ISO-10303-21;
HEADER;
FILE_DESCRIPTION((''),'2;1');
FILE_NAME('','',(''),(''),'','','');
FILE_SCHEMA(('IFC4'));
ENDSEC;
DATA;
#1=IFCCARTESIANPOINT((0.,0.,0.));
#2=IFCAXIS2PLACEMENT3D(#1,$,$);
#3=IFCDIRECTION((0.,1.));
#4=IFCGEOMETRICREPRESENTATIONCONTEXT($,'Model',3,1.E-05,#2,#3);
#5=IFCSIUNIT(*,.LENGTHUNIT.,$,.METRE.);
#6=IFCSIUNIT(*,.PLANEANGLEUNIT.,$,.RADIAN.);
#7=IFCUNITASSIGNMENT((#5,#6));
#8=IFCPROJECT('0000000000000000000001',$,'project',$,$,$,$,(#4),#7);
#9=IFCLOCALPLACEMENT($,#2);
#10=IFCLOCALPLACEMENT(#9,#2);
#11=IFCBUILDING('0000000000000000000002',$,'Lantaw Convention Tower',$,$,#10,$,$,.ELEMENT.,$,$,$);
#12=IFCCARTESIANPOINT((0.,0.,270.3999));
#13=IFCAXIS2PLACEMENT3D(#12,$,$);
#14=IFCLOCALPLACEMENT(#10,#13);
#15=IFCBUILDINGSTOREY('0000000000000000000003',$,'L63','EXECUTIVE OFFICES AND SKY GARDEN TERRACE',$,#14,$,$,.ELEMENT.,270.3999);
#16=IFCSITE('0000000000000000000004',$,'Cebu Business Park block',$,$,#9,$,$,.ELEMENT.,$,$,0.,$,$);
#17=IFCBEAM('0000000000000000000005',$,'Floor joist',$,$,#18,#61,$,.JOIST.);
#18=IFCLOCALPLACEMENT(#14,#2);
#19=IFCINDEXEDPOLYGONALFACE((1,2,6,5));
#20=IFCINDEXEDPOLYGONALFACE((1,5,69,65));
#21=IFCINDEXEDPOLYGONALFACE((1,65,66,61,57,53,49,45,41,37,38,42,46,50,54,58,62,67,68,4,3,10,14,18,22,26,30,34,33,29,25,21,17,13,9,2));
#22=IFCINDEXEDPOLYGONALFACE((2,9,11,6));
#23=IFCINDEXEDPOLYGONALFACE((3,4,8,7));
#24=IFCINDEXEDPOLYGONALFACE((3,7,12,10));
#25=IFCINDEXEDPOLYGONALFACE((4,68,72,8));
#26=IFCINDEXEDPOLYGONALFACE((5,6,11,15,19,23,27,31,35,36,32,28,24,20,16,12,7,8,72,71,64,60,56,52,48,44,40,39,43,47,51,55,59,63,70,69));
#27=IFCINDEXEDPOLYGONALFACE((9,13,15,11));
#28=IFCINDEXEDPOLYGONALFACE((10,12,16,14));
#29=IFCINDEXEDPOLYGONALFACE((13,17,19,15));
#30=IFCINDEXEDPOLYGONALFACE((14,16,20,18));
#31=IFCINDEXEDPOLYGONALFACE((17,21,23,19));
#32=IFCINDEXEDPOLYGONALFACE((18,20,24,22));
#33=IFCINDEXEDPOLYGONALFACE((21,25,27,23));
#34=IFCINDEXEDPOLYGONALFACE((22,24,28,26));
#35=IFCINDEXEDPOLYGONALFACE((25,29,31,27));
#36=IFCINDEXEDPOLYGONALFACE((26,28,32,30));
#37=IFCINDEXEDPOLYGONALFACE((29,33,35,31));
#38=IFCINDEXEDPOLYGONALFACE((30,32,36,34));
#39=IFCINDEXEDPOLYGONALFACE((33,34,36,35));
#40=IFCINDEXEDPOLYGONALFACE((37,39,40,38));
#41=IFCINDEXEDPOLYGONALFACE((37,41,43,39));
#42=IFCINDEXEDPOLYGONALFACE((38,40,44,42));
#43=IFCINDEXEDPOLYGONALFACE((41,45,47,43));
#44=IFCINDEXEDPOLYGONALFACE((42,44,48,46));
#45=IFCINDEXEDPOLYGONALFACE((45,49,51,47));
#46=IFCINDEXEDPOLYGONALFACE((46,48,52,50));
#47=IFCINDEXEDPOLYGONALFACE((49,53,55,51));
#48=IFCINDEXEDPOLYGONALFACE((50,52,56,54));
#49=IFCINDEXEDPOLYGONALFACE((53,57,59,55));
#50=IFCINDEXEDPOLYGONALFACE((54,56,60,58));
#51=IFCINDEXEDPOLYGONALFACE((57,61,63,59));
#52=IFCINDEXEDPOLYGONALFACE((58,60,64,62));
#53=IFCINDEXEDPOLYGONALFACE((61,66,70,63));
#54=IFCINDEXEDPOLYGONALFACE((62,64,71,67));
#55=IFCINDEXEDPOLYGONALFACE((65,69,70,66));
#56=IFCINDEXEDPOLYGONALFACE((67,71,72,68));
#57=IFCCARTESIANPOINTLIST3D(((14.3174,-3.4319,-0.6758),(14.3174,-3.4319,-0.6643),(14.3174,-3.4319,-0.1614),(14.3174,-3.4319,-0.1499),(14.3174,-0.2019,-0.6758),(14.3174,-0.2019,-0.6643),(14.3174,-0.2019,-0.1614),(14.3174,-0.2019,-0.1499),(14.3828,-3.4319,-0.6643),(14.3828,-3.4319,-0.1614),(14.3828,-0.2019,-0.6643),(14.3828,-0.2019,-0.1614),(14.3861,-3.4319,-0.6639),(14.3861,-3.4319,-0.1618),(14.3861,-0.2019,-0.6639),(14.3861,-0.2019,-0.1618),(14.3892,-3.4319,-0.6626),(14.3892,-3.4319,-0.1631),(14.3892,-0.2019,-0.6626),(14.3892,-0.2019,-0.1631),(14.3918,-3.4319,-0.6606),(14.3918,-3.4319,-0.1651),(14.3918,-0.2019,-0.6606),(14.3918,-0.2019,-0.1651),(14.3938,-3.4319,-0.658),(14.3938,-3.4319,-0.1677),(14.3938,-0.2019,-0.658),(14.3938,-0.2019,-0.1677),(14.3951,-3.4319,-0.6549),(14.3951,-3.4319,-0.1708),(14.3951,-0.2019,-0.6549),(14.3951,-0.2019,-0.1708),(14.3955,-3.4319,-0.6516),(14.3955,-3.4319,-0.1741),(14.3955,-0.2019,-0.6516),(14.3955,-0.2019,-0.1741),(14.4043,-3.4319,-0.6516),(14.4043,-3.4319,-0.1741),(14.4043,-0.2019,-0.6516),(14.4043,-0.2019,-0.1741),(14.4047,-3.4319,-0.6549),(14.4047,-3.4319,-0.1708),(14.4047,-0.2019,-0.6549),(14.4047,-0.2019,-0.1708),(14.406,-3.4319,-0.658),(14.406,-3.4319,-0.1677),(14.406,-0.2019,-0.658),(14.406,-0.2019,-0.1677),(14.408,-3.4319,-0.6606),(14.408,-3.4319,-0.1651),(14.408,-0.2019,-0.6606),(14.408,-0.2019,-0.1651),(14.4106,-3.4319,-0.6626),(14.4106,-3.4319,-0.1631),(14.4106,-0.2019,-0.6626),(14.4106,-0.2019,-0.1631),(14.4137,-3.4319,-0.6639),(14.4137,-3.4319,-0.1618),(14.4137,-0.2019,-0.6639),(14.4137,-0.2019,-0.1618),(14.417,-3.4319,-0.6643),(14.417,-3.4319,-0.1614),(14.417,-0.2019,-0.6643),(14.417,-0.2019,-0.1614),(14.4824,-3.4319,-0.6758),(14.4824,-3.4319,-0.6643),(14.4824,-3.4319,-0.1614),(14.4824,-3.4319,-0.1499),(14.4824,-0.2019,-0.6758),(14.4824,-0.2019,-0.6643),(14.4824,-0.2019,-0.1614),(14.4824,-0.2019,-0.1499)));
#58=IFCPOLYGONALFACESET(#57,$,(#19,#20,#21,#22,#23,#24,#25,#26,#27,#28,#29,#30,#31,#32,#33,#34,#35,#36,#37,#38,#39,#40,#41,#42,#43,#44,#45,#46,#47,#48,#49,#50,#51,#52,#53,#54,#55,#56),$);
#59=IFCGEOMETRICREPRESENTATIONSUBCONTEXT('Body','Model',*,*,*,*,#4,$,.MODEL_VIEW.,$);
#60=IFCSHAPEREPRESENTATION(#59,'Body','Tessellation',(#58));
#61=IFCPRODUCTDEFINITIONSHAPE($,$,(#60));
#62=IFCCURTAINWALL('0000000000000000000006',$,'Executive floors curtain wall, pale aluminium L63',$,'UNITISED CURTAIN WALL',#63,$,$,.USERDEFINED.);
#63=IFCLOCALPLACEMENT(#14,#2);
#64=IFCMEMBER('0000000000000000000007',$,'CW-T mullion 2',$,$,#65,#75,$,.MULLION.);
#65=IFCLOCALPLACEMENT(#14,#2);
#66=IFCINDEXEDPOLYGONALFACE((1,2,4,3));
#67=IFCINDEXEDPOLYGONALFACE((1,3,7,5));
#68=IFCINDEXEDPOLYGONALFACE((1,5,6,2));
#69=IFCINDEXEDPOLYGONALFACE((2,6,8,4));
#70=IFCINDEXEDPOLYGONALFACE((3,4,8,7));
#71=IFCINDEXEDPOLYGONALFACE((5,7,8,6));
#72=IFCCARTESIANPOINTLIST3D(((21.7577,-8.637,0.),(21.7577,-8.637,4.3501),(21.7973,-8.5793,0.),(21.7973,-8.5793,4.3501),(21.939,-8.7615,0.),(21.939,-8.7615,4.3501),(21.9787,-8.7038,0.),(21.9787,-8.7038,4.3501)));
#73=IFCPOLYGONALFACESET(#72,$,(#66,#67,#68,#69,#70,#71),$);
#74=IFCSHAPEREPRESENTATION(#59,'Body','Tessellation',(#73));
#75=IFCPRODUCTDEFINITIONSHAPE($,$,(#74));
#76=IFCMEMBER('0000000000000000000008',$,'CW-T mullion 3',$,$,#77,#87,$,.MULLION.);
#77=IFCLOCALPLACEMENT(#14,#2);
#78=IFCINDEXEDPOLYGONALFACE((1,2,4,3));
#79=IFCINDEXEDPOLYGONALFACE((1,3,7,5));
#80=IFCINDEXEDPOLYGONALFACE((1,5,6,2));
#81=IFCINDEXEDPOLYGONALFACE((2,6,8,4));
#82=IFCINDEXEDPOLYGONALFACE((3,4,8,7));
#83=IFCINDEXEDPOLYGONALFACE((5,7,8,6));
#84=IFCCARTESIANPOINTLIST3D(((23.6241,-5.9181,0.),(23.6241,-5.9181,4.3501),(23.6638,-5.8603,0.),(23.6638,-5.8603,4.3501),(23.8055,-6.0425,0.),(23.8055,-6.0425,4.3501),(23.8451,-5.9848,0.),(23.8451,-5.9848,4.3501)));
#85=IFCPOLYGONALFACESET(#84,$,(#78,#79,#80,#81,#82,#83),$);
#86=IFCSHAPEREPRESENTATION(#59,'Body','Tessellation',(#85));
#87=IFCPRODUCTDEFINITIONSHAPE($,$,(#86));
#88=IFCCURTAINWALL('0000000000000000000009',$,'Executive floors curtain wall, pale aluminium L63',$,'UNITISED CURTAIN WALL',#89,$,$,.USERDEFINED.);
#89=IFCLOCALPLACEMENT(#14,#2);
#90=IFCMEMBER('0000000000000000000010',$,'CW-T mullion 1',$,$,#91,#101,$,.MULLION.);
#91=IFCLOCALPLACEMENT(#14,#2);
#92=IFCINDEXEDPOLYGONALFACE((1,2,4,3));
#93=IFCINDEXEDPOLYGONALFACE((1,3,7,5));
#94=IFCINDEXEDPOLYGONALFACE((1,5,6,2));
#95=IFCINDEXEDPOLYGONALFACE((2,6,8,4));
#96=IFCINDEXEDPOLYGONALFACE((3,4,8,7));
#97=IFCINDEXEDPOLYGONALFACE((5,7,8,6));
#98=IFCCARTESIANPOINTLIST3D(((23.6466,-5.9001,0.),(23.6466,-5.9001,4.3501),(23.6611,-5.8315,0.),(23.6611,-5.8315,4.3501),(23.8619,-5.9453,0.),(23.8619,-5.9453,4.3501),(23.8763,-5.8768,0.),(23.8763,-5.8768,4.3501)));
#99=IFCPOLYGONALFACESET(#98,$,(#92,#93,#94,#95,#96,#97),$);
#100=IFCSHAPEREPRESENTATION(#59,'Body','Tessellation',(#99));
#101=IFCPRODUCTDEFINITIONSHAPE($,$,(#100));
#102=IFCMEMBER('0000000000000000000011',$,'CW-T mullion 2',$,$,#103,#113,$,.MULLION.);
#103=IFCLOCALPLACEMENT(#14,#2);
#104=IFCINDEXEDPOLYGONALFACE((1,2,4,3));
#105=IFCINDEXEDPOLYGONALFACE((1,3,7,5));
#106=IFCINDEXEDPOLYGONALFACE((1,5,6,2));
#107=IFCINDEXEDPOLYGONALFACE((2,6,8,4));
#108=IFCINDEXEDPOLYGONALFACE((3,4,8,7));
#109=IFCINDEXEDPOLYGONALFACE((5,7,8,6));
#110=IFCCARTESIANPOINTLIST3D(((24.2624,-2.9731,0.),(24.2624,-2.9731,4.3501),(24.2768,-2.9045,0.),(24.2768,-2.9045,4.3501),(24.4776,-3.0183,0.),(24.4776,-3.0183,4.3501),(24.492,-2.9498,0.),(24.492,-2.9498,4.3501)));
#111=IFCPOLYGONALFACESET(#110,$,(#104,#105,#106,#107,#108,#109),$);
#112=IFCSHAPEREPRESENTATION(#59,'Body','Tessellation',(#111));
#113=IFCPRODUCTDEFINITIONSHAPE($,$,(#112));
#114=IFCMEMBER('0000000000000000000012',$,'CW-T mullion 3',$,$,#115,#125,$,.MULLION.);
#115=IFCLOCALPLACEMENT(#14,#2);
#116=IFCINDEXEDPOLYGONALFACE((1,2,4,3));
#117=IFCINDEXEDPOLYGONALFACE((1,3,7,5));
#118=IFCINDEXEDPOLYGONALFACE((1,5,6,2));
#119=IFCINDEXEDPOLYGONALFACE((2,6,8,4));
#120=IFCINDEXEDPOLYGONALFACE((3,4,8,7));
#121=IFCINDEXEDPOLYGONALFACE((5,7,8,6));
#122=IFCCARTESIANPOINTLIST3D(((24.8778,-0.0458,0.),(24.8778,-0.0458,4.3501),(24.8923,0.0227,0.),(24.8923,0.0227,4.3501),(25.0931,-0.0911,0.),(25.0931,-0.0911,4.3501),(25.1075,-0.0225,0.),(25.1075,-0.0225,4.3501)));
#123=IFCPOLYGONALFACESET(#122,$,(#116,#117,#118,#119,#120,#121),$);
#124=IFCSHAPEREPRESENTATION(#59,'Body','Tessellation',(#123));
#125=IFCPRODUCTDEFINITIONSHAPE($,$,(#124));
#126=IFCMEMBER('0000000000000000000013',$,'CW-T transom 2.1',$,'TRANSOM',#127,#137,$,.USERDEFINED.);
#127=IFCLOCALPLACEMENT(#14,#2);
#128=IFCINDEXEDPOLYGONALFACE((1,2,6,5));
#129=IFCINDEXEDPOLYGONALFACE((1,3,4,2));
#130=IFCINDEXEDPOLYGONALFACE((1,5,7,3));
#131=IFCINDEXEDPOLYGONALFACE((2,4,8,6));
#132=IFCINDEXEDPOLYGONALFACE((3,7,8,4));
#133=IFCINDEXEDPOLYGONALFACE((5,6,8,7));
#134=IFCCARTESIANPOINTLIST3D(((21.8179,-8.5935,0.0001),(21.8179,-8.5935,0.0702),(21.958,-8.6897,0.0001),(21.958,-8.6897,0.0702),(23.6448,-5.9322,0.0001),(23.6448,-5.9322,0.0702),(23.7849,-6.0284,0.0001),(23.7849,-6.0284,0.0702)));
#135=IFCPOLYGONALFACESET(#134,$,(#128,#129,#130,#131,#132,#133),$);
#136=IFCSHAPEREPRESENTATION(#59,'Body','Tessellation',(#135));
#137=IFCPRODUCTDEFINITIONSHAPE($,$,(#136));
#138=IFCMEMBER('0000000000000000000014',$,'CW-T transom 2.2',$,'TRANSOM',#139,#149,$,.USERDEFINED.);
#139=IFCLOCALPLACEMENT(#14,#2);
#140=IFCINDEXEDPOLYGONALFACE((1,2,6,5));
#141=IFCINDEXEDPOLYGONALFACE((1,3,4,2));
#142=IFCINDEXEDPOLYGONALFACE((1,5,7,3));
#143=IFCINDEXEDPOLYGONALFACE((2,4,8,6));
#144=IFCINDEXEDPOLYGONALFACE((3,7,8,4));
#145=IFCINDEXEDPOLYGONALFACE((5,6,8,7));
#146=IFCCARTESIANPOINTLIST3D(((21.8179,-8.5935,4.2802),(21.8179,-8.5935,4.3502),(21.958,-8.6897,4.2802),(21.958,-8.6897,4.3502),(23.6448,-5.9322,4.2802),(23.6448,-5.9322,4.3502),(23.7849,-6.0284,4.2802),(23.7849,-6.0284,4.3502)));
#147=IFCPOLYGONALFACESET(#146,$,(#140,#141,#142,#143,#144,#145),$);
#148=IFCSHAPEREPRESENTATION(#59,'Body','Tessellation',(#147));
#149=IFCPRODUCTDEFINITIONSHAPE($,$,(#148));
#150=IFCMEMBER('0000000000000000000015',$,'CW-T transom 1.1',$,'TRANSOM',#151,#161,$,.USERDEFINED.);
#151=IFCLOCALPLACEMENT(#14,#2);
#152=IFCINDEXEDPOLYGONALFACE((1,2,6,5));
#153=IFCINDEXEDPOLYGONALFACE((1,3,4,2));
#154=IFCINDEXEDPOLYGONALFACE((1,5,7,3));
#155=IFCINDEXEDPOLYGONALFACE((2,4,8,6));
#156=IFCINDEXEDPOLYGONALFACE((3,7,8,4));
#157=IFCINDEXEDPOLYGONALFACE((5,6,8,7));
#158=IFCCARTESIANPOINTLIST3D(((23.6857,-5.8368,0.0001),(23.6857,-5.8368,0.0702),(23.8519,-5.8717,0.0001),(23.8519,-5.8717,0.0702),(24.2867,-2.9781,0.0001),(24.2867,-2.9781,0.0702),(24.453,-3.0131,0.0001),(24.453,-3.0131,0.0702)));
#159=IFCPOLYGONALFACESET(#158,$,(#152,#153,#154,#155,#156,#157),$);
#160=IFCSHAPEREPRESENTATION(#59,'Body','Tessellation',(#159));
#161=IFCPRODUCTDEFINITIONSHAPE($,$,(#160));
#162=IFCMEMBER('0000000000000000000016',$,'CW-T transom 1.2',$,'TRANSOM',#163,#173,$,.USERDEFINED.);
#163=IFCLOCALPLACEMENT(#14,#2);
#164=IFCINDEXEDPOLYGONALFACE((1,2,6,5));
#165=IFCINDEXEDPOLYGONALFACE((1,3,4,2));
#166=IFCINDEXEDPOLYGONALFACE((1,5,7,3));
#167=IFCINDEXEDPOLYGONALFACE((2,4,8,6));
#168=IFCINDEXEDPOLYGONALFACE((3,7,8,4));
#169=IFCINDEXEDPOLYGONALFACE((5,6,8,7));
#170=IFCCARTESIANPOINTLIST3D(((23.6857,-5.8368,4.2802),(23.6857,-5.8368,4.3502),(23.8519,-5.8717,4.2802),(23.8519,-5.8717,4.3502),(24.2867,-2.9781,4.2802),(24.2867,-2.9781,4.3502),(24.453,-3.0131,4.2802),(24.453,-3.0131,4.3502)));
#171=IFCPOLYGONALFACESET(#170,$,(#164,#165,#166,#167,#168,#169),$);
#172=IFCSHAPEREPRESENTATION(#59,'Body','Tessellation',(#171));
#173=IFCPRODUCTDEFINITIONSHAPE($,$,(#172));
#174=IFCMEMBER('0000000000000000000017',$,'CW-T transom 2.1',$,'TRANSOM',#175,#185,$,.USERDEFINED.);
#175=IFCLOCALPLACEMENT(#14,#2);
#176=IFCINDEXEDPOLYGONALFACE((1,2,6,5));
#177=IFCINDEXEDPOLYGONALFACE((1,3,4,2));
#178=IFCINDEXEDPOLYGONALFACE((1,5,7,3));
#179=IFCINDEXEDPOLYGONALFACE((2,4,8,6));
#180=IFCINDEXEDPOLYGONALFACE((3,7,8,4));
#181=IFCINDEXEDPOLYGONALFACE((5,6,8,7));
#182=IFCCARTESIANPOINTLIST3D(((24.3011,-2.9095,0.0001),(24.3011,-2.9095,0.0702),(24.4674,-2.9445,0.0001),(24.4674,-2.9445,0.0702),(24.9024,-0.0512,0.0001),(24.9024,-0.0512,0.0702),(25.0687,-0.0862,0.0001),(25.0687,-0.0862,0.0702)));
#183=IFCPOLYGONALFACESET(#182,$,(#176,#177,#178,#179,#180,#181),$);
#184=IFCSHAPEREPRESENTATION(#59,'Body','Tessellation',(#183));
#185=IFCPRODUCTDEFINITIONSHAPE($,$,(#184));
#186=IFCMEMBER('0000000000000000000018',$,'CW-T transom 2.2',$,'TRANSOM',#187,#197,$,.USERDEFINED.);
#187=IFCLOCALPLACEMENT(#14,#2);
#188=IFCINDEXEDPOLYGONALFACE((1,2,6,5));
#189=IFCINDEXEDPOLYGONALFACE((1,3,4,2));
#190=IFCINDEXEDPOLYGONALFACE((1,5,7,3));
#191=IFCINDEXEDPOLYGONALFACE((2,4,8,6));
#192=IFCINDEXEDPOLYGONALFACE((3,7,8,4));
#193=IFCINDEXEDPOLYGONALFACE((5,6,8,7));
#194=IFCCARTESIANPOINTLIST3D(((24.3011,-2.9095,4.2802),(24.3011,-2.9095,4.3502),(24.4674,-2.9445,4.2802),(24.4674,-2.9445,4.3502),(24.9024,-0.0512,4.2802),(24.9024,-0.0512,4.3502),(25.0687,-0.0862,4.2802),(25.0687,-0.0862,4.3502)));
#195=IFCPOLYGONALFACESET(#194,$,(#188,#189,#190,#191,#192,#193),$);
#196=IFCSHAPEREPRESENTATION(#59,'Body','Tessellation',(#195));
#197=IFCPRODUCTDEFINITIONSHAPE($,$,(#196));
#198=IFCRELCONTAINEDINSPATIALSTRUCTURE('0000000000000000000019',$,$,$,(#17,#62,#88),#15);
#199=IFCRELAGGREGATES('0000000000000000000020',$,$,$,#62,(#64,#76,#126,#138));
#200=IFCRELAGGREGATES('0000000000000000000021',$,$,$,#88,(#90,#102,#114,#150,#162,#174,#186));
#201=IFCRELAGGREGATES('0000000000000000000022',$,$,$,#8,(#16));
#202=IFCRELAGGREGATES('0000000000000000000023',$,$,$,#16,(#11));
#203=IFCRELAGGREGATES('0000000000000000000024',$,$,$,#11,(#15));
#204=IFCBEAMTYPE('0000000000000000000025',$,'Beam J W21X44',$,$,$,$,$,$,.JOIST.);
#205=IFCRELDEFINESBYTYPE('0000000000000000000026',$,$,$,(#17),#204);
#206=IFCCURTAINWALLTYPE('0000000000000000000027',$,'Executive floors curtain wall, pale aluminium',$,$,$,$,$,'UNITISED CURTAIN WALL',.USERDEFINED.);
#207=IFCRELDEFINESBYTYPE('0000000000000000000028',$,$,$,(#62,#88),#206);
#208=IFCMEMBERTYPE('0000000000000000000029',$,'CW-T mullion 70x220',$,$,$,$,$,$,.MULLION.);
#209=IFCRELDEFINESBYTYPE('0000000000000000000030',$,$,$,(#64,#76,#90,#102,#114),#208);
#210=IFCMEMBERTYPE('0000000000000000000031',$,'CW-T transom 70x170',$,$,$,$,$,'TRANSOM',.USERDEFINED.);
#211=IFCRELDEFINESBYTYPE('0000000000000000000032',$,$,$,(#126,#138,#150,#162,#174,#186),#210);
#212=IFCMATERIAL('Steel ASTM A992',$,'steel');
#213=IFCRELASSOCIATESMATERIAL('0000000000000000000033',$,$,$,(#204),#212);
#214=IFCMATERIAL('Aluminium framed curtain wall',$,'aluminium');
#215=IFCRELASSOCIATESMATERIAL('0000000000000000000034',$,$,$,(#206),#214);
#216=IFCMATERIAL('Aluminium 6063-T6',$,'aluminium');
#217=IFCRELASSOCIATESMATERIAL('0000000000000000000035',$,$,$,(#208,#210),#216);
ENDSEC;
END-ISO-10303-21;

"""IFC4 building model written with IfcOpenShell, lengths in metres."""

from ifc_helpers import new_model, si_unit, direction, frame, origin, origin_2d, place, context, subcontext, project, spatial, rectangle, i_section, extrude, material, material_profile, profile_set, type_object, element, aggregate, save


model = new_model("IFC4")

# Units and contexts
model_context = context("Model", 3, precision=1e-05, world=origin(), true_north=direction((0.0, 1.0)))
body_context = subcontext(model_context, "Body", "Model", "MODEL_VIEW")
ifc_project = project(units=[si_unit("LENGTHUNIT", "METRE"), si_unit("PLANEANGLEUNIT", "RADIAN")], contexts=[model_context])

# Site, building, storey
site_placement = place(None, origin())
site = spatial("IfcSite", under=ifc_project, at=site_placement, Name="Cebu Business Park block", CompositionType="ELEMENT", RefElevation=0.0)
building_placement = place(site_placement, origin())
building = spatial("IfcBuilding", under=site, at=building_placement, Name="Lantaw Convention Tower", CompositionType="ELEMENT")
storey_placement = place(building_placement, frame((0.0, 0.0, 270.3999)))
storey = spatial("IfcBuildingStorey", under=building, at=storey_placement, Name="L63", Description="EXECUTIVE OFFICES AND SKY GARDEN TERRACE", CompositionType="ELEMENT", Elevation=270.3999)

# Beam
ifc_material_1 = material(Name="Steel ASTM A992", Category="steel")
ifc_material_profile_1 = material_profile(ifc_material_1, i_section(OverallWidth=0.165, OverallDepth=0.5259, WebThickness=0.0088, FlangeThickness=0.0115, FilletRadius=0.0127, at=origin_2d()), Name="W21X44")
ifc_profile_set_1 = profile_set([ifc_material_profile_1], Name="Steel ASTM A992")
beam_type_1 = type_object("IfcBeamType", Name="Beam J W21X44", PredefinedType="JOIST", material=ifc_profile_set_1)
beam_1_placement = place(storey_placement, frame((14.3999, -3.4319, -0.4128), z_axis=(0.0, 1.0, 0.0), x_axis=(-1.0, 0.0, 0.0)))
element("IfcBeam", 1, at=beam_1_placement, inside=storey, type_object=beam_type_1, Name="Floor joist", PredefinedType="JOIST", context=body_context, shape_type="SweptSolid", body=[
    extrude(i_section(OverallWidth=0.165, OverallDepth=0.5259, WebThickness=0.0088, FlangeThickness=0.0115, FilletRadius=0.0127, at=origin_2d()), origin(), (0.0, 0.0, 1.0), 3.23),
])

# Curtain walls, members
ifc_material_2 = material(Name="Aluminium framed curtain wall", Category="aluminium")
curtain_wall_type = type_object("IfcCurtainWallType", Name="Executive floors curtain wall, pale aluminium", ElementType="UNITISED CURTAIN WALL", PredefinedType="USERDEFINED", material=ifc_material_2)
curtain_wall_1_placement = place(storey_placement, origin())
curtain_wall_1 = element("IfcCurtainWall", 2, at=curtain_wall_1_placement, inside=storey, type_object=curtain_wall_type, Name="Executive floors curtain wall, pale aluminium L63", ObjectType="UNITISED CURTAIN WALL", PredefinedType="USERDEFINED")
ifc_material_3 = material(Name="Aluminium 6063-T6", Category="aluminium")
ifc_material_profile_2 = material_profile(ifc_material_3, rectangle(XDim=0.22, YDim=0.0701, at=origin_2d()), Name="CW-T mullion 70x220")
ifc_profile_set_2 = profile_set([ifc_material_profile_2], Name="Aluminium 6063-T6")
member_type_1 = type_object("IfcMemberType", Name="CW-T mullion 70x220", PredefinedType="MULLION", material=ifc_profile_set_2)
member_1_placement = place(storey_placement, frame((21.8682, -8.6704, 0.0), z_axis=(0.0, 0.0, 1.0), x_axis=(-0.82445, 0.565935, 0.0)))
member_1 = element("IfcMember", 3, at=member_1_placement, type_object=member_type_1, Name="CW-T mullion 2", PredefinedType="MULLION", context=body_context, shape_type="SweptSolid", body=[
    extrude(rectangle(XDim=0.22, YDim=0.0701, at=origin_2d()), origin(), (0.0, 0.0, 1.0), 4.3501),
])
member_2_placement = place(storey_placement, frame((23.7346, -5.9514, 0.0), z_axis=(0.0, 0.0, 1.0), x_axis=(-0.82445, 0.565935, 0.0)))
member_2 = element("IfcMember", 4, at=member_2_placement, type_object=member_type_1, Name="CW-T mullion 3", PredefinedType="MULLION", context=body_context, shape_type="SweptSolid", body=[
    extrude(rectangle(XDim=0.22, YDim=0.0701, at=origin_2d()), origin(), (0.0, 0.0, 1.0), 4.3501),
])
curtain_wall_2_placement = place(storey_placement, origin())
curtain_wall_2 = element("IfcCurtainWall", 5, at=curtain_wall_2_placement, inside=storey, type_object=curtain_wall_type, Name="Executive floors curtain wall, pale aluminium L63", ObjectType="UNITISED CURTAIN WALL", PredefinedType="USERDEFINED")
member_3_placement = place(storey_placement, frame((23.7615, -5.8884, 0.0), z_axis=(0.0, 0.0, 1.0), x_axis=(-0.978591, 0.205814, 0.0)))
member_3 = element("IfcMember", 6, at=member_3_placement, type_object=member_type_1, Name="CW-T mullion 1", PredefinedType="MULLION", context=body_context, shape_type="SweptSolid", body=[
    extrude(rectangle(XDim=0.22, YDim=0.0701, at=origin_2d()), origin(), (0.0, 0.0, 1.0), 4.3501),
])
member_4_placement = place(storey_placement, frame((24.3772, -2.9614, 0.0), z_axis=(0.0, 0.0, 1.0), x_axis=(-0.978591, 0.205814, 0.0)))
member_4 = element("IfcMember", 7, at=member_4_placement, type_object=member_type_1, Name="CW-T mullion 2", PredefinedType="MULLION", context=body_context, shape_type="SweptSolid", body=[
    extrude(rectangle(XDim=0.22, YDim=0.0701, at=origin_2d()), origin(), (0.0, 0.0, 1.0), 4.3501),
])
member_5_placement = place(storey_placement, frame((24.9927, -0.0342, 0.0), z_axis=(0.0, 0.0, 1.0), x_axis=(-0.978591, 0.205814, 0.0)))
member_5 = element("IfcMember", 8, at=member_5_placement, type_object=member_type_1, Name="CW-T mullion 3", PredefinedType="MULLION", context=body_context, shape_type="SweptSolid", body=[
    extrude(rectangle(XDim=0.22, YDim=0.0701, at=origin_2d()), origin(), (0.0, 0.0, 1.0), 4.3501),
])

# Members
ifc_material_profile_3 = material_profile(ifc_material_3, rectangle(XDim=0.1699, YDim=0.0701, at=origin_2d()), Name="CW-T transom 70x170")
ifc_profile_set_3 = profile_set([ifc_material_profile_3], Name="Aluminium 6063-T6")
member_type_2 = type_object("IfcMemberType", Name="CW-T transom 70x170", ElementType="TRANSOM", PredefinedType="USERDEFINED", material=ifc_profile_set_3)
member_6_placement = place(storey_placement, frame((21.8879, -8.6416, 0.0352), z_axis=(0.565941, 0.824446, 0.0), x_axis=(-0.824446, 0.565941, 0.0)))
member_6 = element("IfcMember", 9, at=member_6_placement, type_object=member_type_2, Name="CW-T transom 2.1", ObjectType="TRANSOM", PredefinedType="USERDEFINED", context=body_context, shape_type="SweptSolid", body=[
    extrude(rectangle(XDim=0.1699, YDim=0.0701, at=origin_2d()), origin(), (0.0, 0.0, 1.0), 3.228),
])
member_7_placement = place(storey_placement, frame((21.8879, -8.6416, 4.3152), z_axis=(0.565941, 0.824446, 0.0), x_axis=(-0.824446, 0.565941, 0.0)))
member_7 = element("IfcMember", 10, at=member_7_placement, type_object=member_type_2, Name="CW-T transom 2.2", ObjectType="TRANSOM", PredefinedType="USERDEFINED", context=body_context, shape_type="SweptSolid", body=[
    extrude(rectangle(XDim=0.1699, YDim=0.0701, at=origin_2d()), origin(), (0.0, 0.0, 1.0), 3.228),
])
member_8_placement = place(storey_placement, frame((23.7688, -5.8542, 0.0352), z_axis=(0.205766, 0.978601, 0.0), x_axis=(-0.978601, 0.205766, 0.0)))
member_8 = element("IfcMember", 11, at=member_8_placement, type_object=member_type_2, Name="CW-T transom 1.1", ObjectType="TRANSOM", PredefinedType="USERDEFINED", context=body_context, shape_type="SweptSolid", body=[
    extrude(rectangle(XDim=0.1699, YDim=0.0701, at=origin_2d()), origin(), (0.0, 0.0, 1.0), 2.9211),
])
member_9_placement = place(storey_placement, frame((23.7688, -5.8542, 4.3152), z_axis=(0.205766, 0.978601, 0.0), x_axis=(-0.978601, 0.205766, 0.0)))
member_9 = element("IfcMember", 12, at=member_9_placement, type_object=member_type_2, Name="CW-T transom 1.2", ObjectType="TRANSOM", PredefinedType="USERDEFINED", context=body_context, shape_type="SweptSolid", body=[
    extrude(rectangle(XDim=0.1699, YDim=0.0701, at=origin_2d()), origin(), (0.0, 0.0, 1.0), 2.9211),
])
member_10_placement = place(storey_placement, frame((24.3843, -2.927, 0.0352), z_axis=(0.205863, 0.978581, 0.0), x_axis=(-0.978581, 0.205863, 0.0)))
member_10 = element("IfcMember", 13, at=member_10_placement, type_object=member_type_2, Name="CW-T transom 2.1", ObjectType="TRANSOM", PredefinedType="USERDEFINED", context=body_context, shape_type="SweptSolid", body=[
    extrude(rectangle(XDim=0.1699, YDim=0.0701, at=origin_2d()), origin(), (0.0, 0.0, 1.0), 2.9209),
])
member_11_placement = place(storey_placement, frame((24.3843, -2.927, 4.3152), z_axis=(0.205863, 0.978581, 0.0), x_axis=(-0.978581, 0.205863, 0.0)))
member_11 = element("IfcMember", 14, at=member_11_placement, type_object=member_type_2, Name="CW-T transom 2.2", ObjectType="TRANSOM", PredefinedType="USERDEFINED", context=body_context, shape_type="SweptSolid", body=[
    extrude(rectangle(XDim=0.1699, YDim=0.0701, at=origin_2d()), origin(), (0.0, 0.0, 1.0), 2.9209),
])

aggregate(curtain_wall_1, [member_1, member_2, member_6, member_7])
aggregate(curtain_wall_2, [member_3, member_4, member_5, member_8, member_9, member_10, member_11])

save(model, "model.ifc")
